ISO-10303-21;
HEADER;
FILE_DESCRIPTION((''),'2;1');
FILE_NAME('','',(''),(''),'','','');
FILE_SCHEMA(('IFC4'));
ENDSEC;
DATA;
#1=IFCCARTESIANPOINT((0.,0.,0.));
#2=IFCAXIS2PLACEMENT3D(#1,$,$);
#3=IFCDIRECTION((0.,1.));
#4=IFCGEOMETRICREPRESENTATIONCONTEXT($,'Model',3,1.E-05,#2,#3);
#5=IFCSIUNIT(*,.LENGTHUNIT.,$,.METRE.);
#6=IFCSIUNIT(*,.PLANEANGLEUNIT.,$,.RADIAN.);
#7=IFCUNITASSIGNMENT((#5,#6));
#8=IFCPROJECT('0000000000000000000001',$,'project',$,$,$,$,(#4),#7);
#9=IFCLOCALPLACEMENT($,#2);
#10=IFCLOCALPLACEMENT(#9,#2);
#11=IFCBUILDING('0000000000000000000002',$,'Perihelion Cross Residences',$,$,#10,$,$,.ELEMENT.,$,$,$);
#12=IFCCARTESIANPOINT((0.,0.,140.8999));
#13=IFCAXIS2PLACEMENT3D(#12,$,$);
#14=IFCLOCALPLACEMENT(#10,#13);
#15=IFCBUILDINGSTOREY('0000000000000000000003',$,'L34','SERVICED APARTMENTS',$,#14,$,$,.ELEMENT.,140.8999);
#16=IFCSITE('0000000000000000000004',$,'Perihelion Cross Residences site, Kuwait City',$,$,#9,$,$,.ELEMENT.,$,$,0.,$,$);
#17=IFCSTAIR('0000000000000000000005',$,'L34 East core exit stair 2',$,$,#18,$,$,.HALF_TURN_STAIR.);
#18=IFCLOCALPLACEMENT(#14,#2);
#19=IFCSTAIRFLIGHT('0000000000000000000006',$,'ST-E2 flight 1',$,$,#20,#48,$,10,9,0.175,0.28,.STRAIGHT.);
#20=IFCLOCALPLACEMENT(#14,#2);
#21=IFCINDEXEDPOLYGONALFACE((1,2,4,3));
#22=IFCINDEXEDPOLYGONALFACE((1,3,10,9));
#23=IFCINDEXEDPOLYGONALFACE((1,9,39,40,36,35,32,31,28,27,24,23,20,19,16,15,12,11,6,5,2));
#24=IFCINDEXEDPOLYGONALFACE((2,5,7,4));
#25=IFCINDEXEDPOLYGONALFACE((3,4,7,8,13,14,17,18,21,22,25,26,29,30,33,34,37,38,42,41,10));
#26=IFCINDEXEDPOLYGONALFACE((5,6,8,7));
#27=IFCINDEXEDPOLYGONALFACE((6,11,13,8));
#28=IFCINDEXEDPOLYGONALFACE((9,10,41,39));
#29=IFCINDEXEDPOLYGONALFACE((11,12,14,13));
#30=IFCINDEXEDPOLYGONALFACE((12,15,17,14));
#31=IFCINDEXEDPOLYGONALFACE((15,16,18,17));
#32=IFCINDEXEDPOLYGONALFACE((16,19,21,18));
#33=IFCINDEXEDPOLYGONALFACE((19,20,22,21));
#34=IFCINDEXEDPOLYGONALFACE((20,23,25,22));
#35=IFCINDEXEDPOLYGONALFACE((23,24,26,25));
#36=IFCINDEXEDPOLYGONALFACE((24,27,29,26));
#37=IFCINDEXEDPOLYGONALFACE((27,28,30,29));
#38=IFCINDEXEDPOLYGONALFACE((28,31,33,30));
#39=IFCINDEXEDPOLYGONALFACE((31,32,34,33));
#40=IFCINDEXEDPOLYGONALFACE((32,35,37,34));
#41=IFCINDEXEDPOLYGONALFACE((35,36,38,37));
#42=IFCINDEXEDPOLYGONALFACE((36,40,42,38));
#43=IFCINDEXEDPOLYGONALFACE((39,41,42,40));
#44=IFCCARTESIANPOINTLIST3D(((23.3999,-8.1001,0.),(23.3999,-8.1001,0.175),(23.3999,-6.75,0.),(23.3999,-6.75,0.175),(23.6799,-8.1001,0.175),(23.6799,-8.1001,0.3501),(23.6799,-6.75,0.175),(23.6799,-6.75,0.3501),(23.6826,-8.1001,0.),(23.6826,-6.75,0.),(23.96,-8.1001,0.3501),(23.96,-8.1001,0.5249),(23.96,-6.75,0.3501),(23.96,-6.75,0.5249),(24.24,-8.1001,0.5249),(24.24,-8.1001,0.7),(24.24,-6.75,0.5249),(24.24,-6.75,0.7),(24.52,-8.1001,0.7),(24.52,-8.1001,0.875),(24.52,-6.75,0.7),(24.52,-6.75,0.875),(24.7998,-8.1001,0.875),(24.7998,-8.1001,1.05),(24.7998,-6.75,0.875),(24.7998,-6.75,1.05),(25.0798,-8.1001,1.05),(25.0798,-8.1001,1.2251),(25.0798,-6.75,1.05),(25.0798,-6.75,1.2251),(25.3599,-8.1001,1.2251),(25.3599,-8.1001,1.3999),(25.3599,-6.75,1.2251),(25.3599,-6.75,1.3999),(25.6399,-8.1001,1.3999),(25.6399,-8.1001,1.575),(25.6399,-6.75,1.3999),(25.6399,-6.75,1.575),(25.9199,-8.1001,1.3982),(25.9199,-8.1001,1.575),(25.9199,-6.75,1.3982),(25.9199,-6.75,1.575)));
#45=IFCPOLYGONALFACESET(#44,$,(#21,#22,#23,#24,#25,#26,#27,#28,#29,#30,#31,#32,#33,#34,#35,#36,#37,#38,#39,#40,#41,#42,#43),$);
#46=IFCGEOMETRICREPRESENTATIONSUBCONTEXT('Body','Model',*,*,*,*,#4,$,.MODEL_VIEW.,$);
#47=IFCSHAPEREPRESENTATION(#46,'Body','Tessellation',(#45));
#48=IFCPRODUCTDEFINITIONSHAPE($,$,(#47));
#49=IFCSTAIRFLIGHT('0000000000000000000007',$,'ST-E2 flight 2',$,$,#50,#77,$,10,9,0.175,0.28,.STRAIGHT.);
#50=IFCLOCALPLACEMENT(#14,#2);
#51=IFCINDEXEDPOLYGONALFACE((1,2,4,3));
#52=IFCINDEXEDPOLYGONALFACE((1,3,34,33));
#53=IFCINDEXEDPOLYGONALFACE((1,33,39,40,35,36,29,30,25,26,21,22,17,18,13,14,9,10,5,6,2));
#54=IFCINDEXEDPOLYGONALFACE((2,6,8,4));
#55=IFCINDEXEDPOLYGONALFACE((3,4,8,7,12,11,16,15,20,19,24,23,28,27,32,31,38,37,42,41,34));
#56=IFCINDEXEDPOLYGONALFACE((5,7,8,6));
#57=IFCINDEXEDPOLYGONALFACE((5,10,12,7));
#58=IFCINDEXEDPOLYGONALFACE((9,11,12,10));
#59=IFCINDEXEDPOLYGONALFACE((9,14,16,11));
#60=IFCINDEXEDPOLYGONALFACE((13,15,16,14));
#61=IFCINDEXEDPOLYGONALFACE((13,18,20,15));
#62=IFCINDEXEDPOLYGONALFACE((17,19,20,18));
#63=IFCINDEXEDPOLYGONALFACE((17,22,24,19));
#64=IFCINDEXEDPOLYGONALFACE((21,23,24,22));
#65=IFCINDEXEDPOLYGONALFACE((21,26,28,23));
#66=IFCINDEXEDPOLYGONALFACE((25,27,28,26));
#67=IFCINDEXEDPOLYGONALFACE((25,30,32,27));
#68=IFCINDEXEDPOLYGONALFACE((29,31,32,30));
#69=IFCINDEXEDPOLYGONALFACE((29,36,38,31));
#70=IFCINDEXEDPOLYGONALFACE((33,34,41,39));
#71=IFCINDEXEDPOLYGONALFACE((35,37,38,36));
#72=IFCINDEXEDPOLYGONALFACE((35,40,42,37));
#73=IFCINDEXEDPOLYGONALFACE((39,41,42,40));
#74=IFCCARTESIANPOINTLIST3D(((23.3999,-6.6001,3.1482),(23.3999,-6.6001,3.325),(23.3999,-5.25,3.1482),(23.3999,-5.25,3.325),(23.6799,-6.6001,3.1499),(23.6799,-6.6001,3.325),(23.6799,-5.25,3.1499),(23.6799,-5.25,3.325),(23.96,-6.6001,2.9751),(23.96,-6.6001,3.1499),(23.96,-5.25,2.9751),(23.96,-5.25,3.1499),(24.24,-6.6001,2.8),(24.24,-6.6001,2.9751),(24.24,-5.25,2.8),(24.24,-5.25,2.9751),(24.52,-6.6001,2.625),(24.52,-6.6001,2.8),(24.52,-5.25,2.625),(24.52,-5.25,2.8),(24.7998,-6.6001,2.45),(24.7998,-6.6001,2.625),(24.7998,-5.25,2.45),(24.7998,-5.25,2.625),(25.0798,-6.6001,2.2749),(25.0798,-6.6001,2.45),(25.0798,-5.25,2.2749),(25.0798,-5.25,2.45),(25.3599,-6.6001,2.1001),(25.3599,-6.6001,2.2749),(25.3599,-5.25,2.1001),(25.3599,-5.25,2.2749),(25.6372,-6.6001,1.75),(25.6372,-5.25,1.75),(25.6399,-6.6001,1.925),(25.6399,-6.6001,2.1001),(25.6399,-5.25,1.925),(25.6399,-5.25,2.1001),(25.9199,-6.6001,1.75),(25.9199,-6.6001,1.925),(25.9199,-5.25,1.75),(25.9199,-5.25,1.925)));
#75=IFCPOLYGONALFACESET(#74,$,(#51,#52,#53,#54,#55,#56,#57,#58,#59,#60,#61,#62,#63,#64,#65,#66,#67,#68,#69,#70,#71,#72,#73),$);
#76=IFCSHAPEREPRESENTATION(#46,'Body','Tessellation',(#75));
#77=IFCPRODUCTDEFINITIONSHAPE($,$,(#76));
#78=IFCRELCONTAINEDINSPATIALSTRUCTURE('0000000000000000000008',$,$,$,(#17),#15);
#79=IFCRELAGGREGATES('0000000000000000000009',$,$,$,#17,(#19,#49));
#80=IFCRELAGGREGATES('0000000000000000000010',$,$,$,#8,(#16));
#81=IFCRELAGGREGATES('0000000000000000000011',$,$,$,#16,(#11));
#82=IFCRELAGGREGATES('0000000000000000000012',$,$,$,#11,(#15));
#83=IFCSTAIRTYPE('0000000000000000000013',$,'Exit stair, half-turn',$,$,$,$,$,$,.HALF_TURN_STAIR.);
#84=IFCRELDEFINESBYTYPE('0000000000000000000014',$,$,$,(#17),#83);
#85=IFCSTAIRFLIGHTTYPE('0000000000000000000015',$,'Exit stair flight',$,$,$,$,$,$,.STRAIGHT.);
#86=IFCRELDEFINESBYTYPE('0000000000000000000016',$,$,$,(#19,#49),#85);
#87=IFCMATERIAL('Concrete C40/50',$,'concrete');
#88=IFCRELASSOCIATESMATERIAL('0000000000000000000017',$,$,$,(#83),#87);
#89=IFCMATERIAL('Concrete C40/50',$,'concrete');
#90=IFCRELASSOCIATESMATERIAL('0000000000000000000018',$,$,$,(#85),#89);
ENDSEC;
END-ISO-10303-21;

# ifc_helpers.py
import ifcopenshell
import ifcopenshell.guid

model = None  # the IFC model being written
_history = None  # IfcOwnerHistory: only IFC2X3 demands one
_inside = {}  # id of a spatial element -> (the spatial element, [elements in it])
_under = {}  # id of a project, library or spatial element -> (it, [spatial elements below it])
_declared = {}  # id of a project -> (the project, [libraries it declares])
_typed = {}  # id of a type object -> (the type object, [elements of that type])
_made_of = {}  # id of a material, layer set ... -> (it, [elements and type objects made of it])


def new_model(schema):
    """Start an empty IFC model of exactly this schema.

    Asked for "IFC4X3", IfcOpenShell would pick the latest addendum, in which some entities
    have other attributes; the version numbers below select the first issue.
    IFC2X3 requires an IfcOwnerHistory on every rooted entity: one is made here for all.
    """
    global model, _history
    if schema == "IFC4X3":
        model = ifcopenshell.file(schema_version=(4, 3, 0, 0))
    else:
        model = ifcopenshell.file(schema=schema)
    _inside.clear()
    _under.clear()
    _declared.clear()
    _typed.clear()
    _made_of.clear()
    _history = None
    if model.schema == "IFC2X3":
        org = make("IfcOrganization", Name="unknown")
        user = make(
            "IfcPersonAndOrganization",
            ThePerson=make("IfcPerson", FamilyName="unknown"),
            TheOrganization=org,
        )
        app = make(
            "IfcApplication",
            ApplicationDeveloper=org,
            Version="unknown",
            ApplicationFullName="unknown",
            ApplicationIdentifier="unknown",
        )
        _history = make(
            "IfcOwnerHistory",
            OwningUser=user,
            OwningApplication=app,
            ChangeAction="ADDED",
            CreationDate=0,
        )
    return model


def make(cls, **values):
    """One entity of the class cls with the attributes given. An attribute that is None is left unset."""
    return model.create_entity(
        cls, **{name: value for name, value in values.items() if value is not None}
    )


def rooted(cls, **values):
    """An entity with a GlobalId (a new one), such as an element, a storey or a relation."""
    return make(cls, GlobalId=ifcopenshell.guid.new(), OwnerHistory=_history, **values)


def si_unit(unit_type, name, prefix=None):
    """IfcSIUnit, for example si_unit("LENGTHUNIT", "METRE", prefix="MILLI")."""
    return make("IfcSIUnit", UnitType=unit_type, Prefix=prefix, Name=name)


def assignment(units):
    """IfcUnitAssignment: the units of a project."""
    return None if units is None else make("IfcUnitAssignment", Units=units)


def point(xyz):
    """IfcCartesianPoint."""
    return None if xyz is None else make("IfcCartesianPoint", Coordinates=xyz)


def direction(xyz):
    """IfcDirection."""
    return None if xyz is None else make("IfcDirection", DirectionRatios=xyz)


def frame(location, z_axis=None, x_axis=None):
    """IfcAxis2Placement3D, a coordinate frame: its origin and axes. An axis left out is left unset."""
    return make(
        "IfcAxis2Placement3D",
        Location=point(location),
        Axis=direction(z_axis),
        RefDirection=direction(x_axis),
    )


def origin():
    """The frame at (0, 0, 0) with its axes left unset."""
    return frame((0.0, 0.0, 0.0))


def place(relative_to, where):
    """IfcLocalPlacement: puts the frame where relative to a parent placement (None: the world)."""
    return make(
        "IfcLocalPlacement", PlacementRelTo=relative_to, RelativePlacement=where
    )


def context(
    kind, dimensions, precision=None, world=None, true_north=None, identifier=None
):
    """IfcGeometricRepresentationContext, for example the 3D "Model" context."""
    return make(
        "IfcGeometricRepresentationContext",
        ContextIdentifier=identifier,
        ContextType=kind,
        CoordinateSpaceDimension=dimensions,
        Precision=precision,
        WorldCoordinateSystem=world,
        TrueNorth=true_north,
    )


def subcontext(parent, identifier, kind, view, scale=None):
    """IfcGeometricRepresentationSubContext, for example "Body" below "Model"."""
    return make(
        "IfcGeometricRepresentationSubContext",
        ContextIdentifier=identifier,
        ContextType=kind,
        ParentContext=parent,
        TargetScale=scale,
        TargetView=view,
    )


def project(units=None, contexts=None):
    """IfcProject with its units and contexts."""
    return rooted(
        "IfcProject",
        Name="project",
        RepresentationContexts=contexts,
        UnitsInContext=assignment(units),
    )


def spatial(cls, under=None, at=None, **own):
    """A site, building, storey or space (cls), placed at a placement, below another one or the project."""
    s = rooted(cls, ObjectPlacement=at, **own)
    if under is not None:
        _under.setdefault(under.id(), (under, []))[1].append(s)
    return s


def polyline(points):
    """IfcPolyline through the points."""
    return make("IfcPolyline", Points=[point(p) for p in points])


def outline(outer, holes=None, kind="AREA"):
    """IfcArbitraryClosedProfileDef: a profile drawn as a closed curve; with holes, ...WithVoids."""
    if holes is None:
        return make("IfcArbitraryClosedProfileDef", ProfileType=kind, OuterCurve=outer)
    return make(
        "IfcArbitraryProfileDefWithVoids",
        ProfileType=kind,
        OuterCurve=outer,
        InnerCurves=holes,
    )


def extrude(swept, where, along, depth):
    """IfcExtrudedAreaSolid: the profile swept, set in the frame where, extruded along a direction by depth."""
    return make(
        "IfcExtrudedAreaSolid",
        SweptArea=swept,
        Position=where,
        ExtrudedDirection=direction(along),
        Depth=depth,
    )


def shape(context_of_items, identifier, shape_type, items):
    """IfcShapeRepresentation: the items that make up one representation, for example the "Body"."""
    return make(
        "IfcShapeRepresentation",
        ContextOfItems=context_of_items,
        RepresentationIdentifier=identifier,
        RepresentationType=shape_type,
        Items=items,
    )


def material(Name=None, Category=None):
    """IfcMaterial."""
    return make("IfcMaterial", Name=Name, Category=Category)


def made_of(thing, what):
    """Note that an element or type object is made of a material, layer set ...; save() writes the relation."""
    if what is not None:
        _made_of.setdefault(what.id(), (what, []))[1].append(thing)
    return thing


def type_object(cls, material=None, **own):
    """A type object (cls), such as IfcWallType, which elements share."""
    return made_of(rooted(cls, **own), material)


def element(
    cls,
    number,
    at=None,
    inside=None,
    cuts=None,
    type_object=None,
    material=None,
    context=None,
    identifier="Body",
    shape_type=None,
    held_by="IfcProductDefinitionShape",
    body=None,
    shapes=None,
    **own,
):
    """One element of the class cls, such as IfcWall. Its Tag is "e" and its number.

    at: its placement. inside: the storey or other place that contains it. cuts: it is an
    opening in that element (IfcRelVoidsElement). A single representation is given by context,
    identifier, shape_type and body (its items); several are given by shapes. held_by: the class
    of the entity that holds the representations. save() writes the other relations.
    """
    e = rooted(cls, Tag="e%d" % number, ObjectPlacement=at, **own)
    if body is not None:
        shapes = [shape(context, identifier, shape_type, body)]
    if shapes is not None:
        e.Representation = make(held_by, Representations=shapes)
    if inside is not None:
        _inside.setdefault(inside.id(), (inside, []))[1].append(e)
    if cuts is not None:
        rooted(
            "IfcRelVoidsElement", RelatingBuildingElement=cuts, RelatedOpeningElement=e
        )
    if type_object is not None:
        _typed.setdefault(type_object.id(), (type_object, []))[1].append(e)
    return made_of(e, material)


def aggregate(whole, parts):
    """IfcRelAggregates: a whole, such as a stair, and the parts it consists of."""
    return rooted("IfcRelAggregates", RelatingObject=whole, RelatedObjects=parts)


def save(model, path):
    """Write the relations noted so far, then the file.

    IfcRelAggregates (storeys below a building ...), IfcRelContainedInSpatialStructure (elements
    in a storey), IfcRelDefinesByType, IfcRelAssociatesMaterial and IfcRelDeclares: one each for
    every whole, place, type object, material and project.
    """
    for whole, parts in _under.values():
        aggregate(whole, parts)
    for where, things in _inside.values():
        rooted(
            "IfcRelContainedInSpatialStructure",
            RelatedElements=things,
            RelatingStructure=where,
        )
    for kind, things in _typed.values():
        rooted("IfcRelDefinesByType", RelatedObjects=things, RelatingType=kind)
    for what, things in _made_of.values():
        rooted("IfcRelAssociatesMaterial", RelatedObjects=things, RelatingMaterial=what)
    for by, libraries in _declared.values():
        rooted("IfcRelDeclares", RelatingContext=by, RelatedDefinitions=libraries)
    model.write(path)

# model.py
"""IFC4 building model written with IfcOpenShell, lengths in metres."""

from ifc_helpers import new_model, si_unit, direction, frame, origin, place, context, subcontext, project, spatial, polyline, outline, extrude, material, type_object, element, aggregate, save


model = new_model("IFC4")

# Units and contexts
model_context = context("Model", 3, precision=1e-05, world=origin(), true_north=direction((0.0, 1.0)))
body_context = subcontext(model_context, "Body", "Model", "MODEL_VIEW")
ifc_project = project(units=[si_unit("LENGTHUNIT", "METRE"), si_unit("PLANEANGLEUNIT", "RADIAN")], contexts=[model_context])

# Site, building, storey
site_placement = place(None, origin())
site = spatial("IfcSite", under=ifc_project, at=site_placement, Name="Perihelion Cross Residences site, Kuwait City", CompositionType="ELEMENT", RefElevation=0.0)
building_placement = place(site_placement, origin())
building = spatial("IfcBuilding", under=site, at=building_placement, Name="Perihelion Cross Residences", CompositionType="ELEMENT")
storey_placement = place(building_placement, frame((0.0, 0.0, 140.8999)))
storey = spatial("IfcBuildingStorey", under=building, at=storey_placement, Name="L34", Description="SERVICED APARTMENTS", CompositionType="ELEMENT", Elevation=140.8999)

# Stair, stair flights
ifc_material_1 = material(Name="Concrete C40/50", Category="concrete")
stair_type = type_object("IfcStairType", Name="Exit stair, half-turn", PredefinedType="HALF_TURN_STAIR", material=ifc_material_1)
stair_placement = place(storey_placement, origin())
stair = element("IfcStair", 1, at=stair_placement, inside=storey, type_object=stair_type, Name="L34 East core exit stair 2", PredefinedType="HALF_TURN_STAIR")
ifc_material_2 = material(Name="Concrete C40/50", Category="concrete")
stair_flight_type = type_object("IfcStairFlightType", Name="Exit stair flight", PredefinedType="STRAIGHT", material=ifc_material_2)
stair_flight_1_placement = place(storey_placement, frame((23.3999, -7.425, 0.0), z_axis=(0.0, 0.0, 1.0), x_axis=(1.0, 0.0, 0.0)))
stair_flight_1 = element("IfcStairFlight", 2, at=stair_flight_1_placement, type_object=stair_flight_type, Name="ST-E2 flight 1", NumberOfRisers=10, NumberOfTreads=9, PredefinedType="STRAIGHT", RiserHeight=0.175, TreadLength=0.28, context=body_context, shape_type="SweptSolid", body=[
    extrude(outline(polyline([(0.0, 0.0), (0.0, 0.175), (0.28, 0.175), (0.28, 0.3501), (0.5601, 0.3501), (0.5601, 0.5249), (0.8401, 0.5249), (0.8401, 0.7), (1.1201, 0.7), (1.1201, 0.875), (1.3999, 0.875), (1.3999, 1.05), (1.6799, 1.05), (1.6799, 1.2251), (1.96, 1.2251), (1.96, 1.3999), (2.24, 1.3999), (2.24, 1.575), (2.52, 1.575), (2.52, 1.75), (2.52, 1.3982), (0.2827, 0.0), (0.0, 0.0)])), frame((0.0, 0.675, 0.0), z_axis=(0.0, -1.0, 0.0), x_axis=(1.0, 0.0, 0.0)), (0.0, 0.0, 1.0), 1.3501),
])
stair_flight_2_placement = place(storey_placement, frame((25.9199, -5.925, 1.75), z_axis=(0.0, 0.0, 1.0), x_axis=(-1.0, 0.0, 0.0)))
stair_flight_2 = element("IfcStairFlight", 3, at=stair_flight_2_placement, type_object=stair_flight_type, Name="ST-E2 flight 2", NumberOfRisers=10, NumberOfTreads=9, PredefinedType="STRAIGHT", RiserHeight=0.175, TreadLength=0.28, context=body_context, shape_type="SweptSolid", body=[
    extrude(outline(polyline([(0.0, 0.0), (0.0, 0.175), (0.28, 0.175), (0.28, 0.3501), (0.5601, 0.3501), (0.5601, 0.5249), (0.8401, 0.5249), (0.8401, 0.7), (1.1201, 0.7), (1.1201, 0.875), (1.3999, 0.875), (1.3999, 1.05), (1.6799, 1.05), (1.6799, 1.2251), (1.96, 1.2251), (1.96, 1.3999), (2.24, 1.3999), (2.24, 1.575), (2.52, 1.575), (2.52, 1.75), (2.52, 1.3982), (0.2827, 0.0), (0.0, 0.0)])), frame((0.0, 0.675, 0.0), z_axis=(0.0, -1.0, 0.0), x_axis=(1.0, 0.0, 0.0)), (0.0, 0.0, 1.0), 1.3501),
])
aggregate(stair, [stair_flight_1, stair_flight_2])

save(model, "model.ifc")
